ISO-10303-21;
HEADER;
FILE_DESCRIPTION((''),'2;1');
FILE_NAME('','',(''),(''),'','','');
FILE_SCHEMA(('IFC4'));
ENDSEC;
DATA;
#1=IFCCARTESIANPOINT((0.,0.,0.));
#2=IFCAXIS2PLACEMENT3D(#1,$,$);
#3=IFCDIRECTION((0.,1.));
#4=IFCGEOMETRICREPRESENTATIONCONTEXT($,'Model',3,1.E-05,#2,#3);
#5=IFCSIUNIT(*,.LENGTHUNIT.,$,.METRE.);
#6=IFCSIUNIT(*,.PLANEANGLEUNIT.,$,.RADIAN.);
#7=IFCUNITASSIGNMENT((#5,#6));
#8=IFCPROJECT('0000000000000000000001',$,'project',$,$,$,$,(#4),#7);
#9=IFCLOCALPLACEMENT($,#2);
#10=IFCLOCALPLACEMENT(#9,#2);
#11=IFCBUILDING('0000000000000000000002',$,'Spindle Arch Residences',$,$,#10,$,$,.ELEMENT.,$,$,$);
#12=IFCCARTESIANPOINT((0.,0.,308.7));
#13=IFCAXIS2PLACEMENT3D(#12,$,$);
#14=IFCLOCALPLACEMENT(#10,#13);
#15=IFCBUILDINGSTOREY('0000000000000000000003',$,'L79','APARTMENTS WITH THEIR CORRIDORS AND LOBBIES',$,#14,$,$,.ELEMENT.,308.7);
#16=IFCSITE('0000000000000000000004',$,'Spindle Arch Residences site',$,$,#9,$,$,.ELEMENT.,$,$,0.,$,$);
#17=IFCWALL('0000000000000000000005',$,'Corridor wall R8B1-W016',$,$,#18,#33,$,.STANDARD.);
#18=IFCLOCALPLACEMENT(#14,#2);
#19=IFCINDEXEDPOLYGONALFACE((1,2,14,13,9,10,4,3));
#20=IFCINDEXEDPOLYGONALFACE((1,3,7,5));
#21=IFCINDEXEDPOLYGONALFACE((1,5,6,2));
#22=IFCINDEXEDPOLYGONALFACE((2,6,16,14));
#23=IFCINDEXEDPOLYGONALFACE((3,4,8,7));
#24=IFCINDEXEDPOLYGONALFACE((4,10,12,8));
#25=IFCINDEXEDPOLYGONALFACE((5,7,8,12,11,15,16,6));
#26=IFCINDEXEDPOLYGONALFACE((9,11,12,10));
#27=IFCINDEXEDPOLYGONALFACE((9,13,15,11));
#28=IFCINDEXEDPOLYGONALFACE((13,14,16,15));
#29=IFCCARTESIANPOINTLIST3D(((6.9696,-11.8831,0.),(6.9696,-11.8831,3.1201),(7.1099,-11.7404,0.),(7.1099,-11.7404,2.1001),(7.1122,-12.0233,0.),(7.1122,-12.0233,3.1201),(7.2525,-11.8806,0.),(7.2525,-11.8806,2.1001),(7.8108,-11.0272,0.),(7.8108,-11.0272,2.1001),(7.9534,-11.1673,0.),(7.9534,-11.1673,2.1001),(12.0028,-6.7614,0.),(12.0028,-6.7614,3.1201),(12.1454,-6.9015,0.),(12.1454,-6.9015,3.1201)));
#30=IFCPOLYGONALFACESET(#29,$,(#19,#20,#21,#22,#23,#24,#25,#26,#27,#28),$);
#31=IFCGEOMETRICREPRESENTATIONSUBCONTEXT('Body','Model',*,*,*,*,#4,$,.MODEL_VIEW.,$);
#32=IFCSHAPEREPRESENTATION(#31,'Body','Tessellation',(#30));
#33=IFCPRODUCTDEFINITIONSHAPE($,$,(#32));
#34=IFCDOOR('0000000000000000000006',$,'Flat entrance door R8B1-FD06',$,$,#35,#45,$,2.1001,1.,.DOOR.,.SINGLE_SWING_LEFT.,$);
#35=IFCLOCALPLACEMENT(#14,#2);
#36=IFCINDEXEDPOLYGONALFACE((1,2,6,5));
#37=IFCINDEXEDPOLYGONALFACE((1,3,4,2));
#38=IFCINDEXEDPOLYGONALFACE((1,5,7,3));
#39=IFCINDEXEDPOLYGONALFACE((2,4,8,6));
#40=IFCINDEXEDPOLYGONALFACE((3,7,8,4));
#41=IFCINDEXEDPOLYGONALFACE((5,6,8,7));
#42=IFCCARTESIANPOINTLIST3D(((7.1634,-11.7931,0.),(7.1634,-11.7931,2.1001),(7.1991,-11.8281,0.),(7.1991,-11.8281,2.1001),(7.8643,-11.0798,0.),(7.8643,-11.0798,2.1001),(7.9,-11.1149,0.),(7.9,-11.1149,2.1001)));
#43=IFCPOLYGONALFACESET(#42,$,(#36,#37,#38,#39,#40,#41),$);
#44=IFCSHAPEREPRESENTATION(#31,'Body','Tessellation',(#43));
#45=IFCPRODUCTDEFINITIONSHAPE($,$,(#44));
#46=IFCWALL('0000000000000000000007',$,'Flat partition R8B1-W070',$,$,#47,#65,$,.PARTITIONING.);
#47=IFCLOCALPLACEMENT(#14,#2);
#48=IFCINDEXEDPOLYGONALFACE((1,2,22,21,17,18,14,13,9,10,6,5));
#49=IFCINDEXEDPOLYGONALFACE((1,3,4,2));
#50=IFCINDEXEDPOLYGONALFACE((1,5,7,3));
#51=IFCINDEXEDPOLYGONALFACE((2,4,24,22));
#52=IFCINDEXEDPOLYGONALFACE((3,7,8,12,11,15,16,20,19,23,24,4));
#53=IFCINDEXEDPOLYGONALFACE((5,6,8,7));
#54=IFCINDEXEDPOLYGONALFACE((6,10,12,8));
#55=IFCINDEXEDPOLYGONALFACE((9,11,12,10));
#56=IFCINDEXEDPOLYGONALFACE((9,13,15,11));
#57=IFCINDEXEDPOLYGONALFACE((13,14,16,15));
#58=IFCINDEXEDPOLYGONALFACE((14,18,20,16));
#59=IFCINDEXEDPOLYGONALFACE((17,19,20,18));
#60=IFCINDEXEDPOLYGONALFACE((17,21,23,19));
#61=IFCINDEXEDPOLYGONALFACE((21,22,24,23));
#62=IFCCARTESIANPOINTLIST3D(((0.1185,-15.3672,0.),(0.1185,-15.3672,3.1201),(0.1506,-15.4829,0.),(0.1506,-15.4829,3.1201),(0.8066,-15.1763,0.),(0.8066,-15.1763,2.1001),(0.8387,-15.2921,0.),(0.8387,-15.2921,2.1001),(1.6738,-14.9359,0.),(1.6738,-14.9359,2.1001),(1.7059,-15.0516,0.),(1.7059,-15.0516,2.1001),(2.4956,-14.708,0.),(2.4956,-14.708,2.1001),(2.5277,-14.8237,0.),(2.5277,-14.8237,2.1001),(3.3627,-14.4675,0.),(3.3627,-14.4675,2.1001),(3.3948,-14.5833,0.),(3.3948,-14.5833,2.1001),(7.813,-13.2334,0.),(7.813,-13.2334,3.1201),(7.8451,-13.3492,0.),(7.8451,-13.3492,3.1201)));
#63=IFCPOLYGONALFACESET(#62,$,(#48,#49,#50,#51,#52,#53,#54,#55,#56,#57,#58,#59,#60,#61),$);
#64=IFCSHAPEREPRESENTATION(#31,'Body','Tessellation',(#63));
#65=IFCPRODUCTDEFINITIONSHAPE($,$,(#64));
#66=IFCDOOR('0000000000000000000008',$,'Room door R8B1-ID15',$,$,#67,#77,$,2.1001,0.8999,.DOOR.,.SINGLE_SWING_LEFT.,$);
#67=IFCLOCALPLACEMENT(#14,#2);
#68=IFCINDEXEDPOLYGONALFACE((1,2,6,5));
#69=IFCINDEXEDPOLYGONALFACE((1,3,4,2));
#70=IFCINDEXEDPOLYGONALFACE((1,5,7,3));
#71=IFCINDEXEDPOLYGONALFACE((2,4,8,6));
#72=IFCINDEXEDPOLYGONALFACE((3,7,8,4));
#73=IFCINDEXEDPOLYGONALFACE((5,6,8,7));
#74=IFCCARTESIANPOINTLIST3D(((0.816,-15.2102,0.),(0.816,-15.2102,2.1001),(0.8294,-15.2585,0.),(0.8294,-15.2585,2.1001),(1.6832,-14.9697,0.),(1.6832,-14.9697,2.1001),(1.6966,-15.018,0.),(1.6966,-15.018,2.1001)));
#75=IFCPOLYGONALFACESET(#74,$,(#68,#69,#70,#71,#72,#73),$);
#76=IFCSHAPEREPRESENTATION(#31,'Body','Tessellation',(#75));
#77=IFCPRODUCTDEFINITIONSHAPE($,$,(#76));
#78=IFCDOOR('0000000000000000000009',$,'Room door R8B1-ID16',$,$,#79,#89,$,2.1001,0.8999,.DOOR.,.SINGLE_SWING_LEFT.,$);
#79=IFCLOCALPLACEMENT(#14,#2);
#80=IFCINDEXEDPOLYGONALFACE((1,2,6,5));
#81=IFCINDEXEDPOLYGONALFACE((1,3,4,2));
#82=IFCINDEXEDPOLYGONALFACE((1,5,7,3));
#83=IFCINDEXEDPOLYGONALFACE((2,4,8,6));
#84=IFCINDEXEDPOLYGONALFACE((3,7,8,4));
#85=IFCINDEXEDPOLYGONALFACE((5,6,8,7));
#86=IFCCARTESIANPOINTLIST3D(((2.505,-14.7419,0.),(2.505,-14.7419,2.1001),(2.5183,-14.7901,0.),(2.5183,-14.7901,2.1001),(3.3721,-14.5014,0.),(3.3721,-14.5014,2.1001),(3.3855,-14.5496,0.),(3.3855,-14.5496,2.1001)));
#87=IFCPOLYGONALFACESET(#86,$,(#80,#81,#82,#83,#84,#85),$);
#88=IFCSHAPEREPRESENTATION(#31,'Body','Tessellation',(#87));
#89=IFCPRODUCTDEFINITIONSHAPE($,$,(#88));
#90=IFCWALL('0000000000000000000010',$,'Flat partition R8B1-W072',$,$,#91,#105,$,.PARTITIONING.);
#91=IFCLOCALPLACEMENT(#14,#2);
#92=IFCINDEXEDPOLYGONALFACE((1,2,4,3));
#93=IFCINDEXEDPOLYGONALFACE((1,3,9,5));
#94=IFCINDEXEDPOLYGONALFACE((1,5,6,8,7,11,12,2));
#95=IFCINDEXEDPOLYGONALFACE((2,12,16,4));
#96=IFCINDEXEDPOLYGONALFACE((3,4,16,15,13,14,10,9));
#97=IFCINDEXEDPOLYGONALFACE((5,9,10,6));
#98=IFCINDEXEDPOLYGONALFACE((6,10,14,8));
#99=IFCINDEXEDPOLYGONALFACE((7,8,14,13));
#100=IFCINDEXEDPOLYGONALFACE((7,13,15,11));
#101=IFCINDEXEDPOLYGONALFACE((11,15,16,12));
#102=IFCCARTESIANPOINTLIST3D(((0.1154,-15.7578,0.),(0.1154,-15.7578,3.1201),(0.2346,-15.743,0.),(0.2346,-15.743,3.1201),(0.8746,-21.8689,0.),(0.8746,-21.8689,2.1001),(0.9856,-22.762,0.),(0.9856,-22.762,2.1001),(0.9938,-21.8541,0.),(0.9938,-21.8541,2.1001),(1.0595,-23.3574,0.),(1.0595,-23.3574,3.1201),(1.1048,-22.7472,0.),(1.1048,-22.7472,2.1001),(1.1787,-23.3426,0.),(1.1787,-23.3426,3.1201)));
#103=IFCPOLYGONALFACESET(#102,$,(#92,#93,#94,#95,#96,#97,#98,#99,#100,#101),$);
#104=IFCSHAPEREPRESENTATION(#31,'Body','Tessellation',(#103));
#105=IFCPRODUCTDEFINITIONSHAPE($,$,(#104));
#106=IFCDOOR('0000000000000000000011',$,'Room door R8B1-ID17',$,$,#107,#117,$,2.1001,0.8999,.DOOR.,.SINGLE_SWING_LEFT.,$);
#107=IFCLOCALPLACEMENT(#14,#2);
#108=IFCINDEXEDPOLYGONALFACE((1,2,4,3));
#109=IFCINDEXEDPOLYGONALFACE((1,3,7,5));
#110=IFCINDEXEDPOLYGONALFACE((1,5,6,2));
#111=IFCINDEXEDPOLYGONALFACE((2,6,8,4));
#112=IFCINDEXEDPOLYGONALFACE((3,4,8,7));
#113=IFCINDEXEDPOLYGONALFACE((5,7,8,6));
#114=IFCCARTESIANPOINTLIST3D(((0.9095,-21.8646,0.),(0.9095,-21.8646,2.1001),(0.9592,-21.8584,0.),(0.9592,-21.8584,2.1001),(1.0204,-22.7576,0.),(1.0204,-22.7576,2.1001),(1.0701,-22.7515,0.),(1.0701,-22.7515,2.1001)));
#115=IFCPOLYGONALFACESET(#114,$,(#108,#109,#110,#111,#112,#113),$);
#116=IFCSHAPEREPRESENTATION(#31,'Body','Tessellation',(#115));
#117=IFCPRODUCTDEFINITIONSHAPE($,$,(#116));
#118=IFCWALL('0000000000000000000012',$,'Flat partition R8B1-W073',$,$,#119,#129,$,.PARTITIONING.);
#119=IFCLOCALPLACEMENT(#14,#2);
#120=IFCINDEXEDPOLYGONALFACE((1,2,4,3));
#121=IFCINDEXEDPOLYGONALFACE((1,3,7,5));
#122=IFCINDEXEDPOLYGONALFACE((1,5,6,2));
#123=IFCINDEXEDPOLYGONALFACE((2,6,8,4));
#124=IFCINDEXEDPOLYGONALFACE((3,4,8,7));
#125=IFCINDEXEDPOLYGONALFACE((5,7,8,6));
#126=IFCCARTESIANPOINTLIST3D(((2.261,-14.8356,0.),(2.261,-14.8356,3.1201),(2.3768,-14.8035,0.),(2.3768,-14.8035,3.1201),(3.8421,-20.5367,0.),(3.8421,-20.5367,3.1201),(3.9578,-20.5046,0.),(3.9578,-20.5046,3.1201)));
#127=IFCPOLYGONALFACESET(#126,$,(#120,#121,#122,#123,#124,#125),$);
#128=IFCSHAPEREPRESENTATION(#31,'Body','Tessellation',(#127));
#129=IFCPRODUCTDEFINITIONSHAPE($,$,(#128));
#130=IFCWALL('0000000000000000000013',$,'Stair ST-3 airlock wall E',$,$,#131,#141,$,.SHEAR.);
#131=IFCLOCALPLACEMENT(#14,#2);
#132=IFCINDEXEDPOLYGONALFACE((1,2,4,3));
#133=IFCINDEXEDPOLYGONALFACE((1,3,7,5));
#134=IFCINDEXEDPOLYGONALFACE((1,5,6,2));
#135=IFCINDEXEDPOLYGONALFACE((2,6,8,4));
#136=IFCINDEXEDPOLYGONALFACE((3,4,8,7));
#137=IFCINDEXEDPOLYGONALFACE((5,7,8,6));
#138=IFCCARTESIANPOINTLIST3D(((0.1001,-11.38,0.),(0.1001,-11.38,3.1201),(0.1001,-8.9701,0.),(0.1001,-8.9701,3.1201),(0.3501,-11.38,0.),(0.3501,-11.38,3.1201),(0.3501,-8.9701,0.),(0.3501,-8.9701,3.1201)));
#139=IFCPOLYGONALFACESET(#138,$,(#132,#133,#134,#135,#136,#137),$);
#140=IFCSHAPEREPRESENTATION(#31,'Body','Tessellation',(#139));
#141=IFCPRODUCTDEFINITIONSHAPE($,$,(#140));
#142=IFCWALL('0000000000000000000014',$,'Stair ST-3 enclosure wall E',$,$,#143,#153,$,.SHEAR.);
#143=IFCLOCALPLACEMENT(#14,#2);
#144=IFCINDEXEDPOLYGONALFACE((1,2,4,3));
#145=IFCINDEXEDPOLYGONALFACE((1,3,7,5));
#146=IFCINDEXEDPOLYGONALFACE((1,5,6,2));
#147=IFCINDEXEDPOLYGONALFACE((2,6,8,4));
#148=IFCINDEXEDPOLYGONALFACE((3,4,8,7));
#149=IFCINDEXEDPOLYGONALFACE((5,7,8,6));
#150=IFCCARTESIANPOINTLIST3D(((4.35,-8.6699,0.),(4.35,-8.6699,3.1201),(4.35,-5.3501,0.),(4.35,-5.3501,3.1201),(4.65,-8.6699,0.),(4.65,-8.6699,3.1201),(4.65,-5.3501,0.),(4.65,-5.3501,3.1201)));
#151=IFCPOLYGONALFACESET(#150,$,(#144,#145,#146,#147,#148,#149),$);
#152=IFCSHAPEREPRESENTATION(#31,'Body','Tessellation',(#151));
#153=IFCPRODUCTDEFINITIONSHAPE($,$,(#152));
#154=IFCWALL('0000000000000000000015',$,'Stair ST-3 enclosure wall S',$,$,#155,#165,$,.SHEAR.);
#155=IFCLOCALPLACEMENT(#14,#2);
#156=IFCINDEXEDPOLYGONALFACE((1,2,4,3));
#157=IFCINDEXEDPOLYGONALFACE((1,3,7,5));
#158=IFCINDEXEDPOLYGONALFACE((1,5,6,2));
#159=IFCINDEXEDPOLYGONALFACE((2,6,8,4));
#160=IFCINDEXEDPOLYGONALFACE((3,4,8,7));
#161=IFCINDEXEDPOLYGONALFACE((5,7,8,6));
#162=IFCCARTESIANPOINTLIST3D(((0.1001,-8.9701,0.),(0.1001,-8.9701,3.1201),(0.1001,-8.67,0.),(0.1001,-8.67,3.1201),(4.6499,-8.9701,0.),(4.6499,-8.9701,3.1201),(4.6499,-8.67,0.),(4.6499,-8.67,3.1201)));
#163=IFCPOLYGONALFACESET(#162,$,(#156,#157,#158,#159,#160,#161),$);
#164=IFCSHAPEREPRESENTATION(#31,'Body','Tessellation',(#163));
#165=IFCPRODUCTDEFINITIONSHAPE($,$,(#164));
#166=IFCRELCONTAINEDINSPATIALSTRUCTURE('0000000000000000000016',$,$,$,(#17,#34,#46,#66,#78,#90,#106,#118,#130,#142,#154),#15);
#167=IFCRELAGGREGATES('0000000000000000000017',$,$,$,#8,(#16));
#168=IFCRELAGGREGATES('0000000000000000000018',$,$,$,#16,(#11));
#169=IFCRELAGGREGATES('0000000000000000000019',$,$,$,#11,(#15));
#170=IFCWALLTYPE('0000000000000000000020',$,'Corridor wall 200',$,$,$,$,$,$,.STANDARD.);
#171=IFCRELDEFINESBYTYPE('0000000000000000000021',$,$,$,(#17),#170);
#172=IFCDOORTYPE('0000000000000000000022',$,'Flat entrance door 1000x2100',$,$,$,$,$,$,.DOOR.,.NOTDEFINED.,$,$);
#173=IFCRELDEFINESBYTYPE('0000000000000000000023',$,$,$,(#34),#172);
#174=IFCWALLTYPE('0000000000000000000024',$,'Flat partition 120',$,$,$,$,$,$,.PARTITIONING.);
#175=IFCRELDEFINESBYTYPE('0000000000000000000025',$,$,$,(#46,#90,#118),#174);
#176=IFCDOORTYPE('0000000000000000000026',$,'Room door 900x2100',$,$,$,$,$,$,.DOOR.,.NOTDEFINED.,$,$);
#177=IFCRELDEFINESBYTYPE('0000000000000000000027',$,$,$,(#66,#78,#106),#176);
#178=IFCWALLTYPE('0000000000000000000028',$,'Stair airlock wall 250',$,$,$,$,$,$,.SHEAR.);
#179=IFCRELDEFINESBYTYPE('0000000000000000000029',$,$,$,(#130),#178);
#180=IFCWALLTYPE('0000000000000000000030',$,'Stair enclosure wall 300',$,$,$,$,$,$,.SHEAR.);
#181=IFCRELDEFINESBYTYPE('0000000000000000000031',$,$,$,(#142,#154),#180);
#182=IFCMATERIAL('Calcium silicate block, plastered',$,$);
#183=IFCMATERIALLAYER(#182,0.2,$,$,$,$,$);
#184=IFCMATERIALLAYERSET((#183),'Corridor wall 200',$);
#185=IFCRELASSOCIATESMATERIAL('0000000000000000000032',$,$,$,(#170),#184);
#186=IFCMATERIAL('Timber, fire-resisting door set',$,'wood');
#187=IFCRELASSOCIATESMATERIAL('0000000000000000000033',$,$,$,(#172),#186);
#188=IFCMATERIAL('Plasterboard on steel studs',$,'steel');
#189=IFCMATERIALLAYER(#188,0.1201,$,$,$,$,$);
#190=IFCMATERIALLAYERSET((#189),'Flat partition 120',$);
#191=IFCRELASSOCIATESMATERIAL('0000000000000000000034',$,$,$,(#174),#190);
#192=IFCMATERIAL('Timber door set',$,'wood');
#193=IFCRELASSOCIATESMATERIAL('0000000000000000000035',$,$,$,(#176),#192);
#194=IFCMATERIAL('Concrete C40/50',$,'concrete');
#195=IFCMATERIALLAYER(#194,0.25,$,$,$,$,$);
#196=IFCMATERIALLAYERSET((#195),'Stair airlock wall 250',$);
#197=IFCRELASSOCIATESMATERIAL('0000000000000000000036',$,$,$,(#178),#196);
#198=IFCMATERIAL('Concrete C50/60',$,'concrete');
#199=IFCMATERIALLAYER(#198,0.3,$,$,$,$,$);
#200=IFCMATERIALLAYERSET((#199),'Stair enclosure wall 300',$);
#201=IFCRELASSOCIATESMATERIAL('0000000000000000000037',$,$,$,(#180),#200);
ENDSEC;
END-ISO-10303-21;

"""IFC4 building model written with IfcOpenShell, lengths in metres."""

from ifc_helpers import new_model, si_unit, direction, frame, frame_2d, origin, place, context, subcontext, project, spatial, rectangle, extrude, material, layer, layer_set, type_object, element, fill, save


model = new_model("IFC4")

# Units and contexts
model_context = context("Model", 3, precision=1e-05, world=origin(), true_north=direction((0.0, 1.0)))
body_context = subcontext(model_context, "Body", "Model", "MODEL_VIEW")
ifc_project = project(units=[si_unit("LENGTHUNIT", "METRE"), si_unit("PLANEANGLEUNIT", "RADIAN")], contexts=[model_context])

# Site, building, storey
site_placement = place(None, origin())
site = spatial("IfcSite", under=ifc_project, at=site_placement, Name="Spindle Arch Residences site", CompositionType="ELEMENT", RefElevation=0.0)
building_placement = place(site_placement, origin())
building = spatial("IfcBuilding", under=site, at=building_placement, Name="Spindle Arch Residences", CompositionType="ELEMENT")
storey_placement = place(building_placement, frame((0.0, 0.0, 308.7)))
storey = spatial("IfcBuildingStorey", under=building, at=storey_placement, Name="L79", Description="APARTMENTS WITH THEIR CORRIDORS AND LOBBIES", CompositionType="ELEMENT", Elevation=308.7)

# Shared definitions
ifc_material_1 = material(Name="Calcium silicate block, plastered")
ifc_layer_1 = layer(ifc_material_1, 0.2)
ifc_layer_set_1 = layer_set([ifc_layer_1], Name="Corridor wall 200")
wall_type_1 = type_object("IfcWallType", Name="Corridor wall 200", PredefinedType="STANDARD", material=ifc_layer_set_1)

# Wall, opening, door
wall_1_placement = place(storey_placement, frame((7.041, -11.9531, 0.0), z_axis=(0.0, 0.0, 1.0), x_axis=(0.700909, 0.713251, 0.0)))
wall_1 = element("IfcWall", 1, at=wall_1_placement, inside=storey, type_object=wall_type_1, Name="Corridor wall R8B1-W016", PredefinedType="STANDARD", context=body_context, shape_type="SweptSolid", body=[
    extrude(rectangle(XDim=7.1809, YDim=0.2, at=frame_2d((3.5903, 0.0))), origin(), (0.0, 0.0, 1.0), 3.1201),
])
opening_1_placement = place(wall_1_placement, frame((0.2, 0.0, 0.0)))
opening_1 = element("IfcOpeningElement", 2, at=opening_1_placement, cuts=wall_1, PredefinedType="OPENING", context=body_context, shape_type="SweptSolid", body=[
    extrude(rectangle(XDim=1.0, YDim=2.1001, at=frame_2d((0.5, 1.05))), frame((0.0, 0.1099, 0.0), z_axis=(0.0, -1.0, 0.0), x_axis=(1.0, 0.0, 0.0)), (0.0, 0.0, 1.0), 0.22),
])
ifc_material_2 = material(Name="Timber, fire-resisting door set", Category="wood")
door_type_1 = type_object("IfcDoorType", Name="Flat entrance door 1000x2100", OperationType="NOTDEFINED", PredefinedType="DOOR", material=ifc_material_2)
door_1_placement = place(opening_1_placement, origin())
door_1 = element("IfcDoor", 3, at=door_1_placement, inside=storey, type_object=door_type_1, Name="Flat entrance door R8B1-FD06", OperationType="SINGLE_SWING_LEFT", OverallHeight=2.1001, OverallWidth=1.0, PredefinedType="DOOR", context=body_context, shape_type="SweptSolid", body=[
    extrude(rectangle(XDim=1.0, YDim=2.1001, at=frame_2d((0.5, 1.05))), frame((0.0, 0.0249, 0.0), z_axis=(0.0, -1.0, 0.0), x_axis=(1.0, 0.0, 0.0)), (0.0, 0.0, 1.0), 0.05),
])
fill(opening_1, door_1)

# Wall, openings, doors
ifc_material_3 = material(Name="Plasterboard on steel studs", Category="steel")
ifc_layer_2 = layer(ifc_material_3, 0.1201)
ifc_layer_set_2 = layer_set([ifc_layer_2], Name="Flat partition 120")
wall_type_2 = type_object("IfcWallType", Name="Flat partition 120", PredefinedType="PARTITIONING", material=ifc_layer_set_2)
wall_2_placement = place(storey_placement, frame((0.1345, -15.425, 0.0), z_axis=(0.0, 0.0, 1.0), x_axis=(0.963634, 0.267226, 0.0)))
wall_2 = element("IfcWall", 4, at=wall_2_placement, inside=storey, type_object=wall_type_2, Name="Flat partition R8B1-W070", PredefinedType="PARTITIONING", context=body_context, shape_type="SweptSolid", body=[
    extrude(rectangle(XDim=7.9849, YDim=0.1201, at=frame_2d((3.9924, 0.0))), origin(), (0.0, 0.0, 1.0), 3.1201),
])
opening_2_placement = place(wall_2_placement, frame((0.7141, 0.0, 0.0)))
opening_2 = element("IfcOpeningElement", 5, at=opening_2_placement, cuts=wall_2, PredefinedType="OPENING", context=body_context, shape_type="SweptSolid", body=[
    extrude(rectangle(XDim=0.8999, YDim=2.1001, at=frame_2d((0.45, 1.05))), frame((0.0, 0.0701, 0.0), z_axis=(0.0, -1.0, 0.0), x_axis=(1.0, 0.0, 0.0)), (0.0, 0.0, 1.0), 0.1401),
])
opening_3_placement = place(wall_2_placement, frame((2.4668, 0.0, 0.0)))
opening_3 = element("IfcOpeningElement", 6, at=opening_3_placement, cuts=wall_2, PredefinedType="OPENING", context=body_context, shape_type="SweptSolid", body=[
    extrude(rectangle(XDim=0.8999, YDim=2.1001, at=frame_2d((0.45, 1.05))), frame((0.0, 0.0701, 0.0), z_axis=(0.0, -1.0, 0.0), x_axis=(1.0, 0.0, 0.0)), (0.0, 0.0, 1.0), 0.1401),
])
ifc_material_4 = material(Name="Timber door set", Category="wood")
door_type_2 = type_object("IfcDoorType", Name="Room door 900x2100", OperationType="NOTDEFINED", PredefinedType="DOOR", material=ifc_material_4)
door_2_placement = place(opening_2_placement, origin())
door_2 = element("IfcDoor", 7, at=door_2_placement, inside=storey, type_object=door_type_2, Name="Room door R8B1-ID15", OperationType="SINGLE_SWING_LEFT", OverallHeight=2.1001, OverallWidth=0.8999, PredefinedType="DOOR", context=body_context, shape_type="SweptSolid", body=[
    extrude(rectangle(XDim=0.8999, YDim=2.1001, at=frame_2d((0.45, 1.05))), frame((0.0, 0.0249, 0.0), z_axis=(0.0, -1.0, 0.0), x_axis=(1.0, 0.0, 0.0)), (0.0, 0.0, 1.0), 0.05),
])
fill(opening_2, door_2)
door_3_placement = place(opening_3_placement, origin())
door_3 = element("IfcDoor", 8, at=door_3_placement, inside=storey, type_object=door_type_2, Name="Room door R8B1-ID16", OperationType="SINGLE_SWING_LEFT", OverallHeight=2.1001, OverallWidth=0.8999, PredefinedType="DOOR", context=body_context, shape_type="SweptSolid", body=[
    extrude(rectangle(XDim=0.8999, YDim=2.1001, at=frame_2d((0.45, 1.05))), frame((0.0, 0.0249, 0.0), z_axis=(0.0, -1.0, 0.0), x_axis=(1.0, 0.0, 0.0)), (0.0, 0.0, 1.0), 0.05),
])
fill(opening_3, door_3)

# Wall, opening, door
wall_3_placement = place(storey_placement, frame((1.1191, -23.3501, 0.0), z_axis=(0.0, 0.0, 1.0), x_axis=(-0.123281, 0.992372, 0.0)))
wall_3 = element("IfcWall", 9, at=wall_3_placement, inside=storey, type_object=wall_type_2, Name="Flat partition R8B1-W072", PredefinedType="PARTITIONING", context=body_context, shape_type="SweptSolid", body=[
    extrude(rectangle(XDim=7.658, YDim=0.1201, at=frame_2d((3.8291, 0.0))), origin(), (0.0, 0.0, 1.0), 3.1201),
])
opening_4_placement = place(wall_3_placement, frame((0.6001, 0.0, 0.0)))
opening_4 = element("IfcOpeningElement", 10, at=opening_4_placement, cuts=wall_3, PredefinedType="OPENING", context=body_context, shape_type="SweptSolid", body=[
    extrude(rectangle(XDim=0.8999, YDim=2.1001, at=frame_2d((0.45, 1.05))), frame((0.0, 0.0701, 0.0), z_axis=(0.0, -1.0, 0.0), x_axis=(1.0, 0.0, 0.0)), (0.0, 0.0, 1.0), 0.1401),
])
door_4_placement = place(opening_4_placement, origin())
door_4 = element("IfcDoor", 11, at=door_4_placement, inside=storey, type_object=door_type_2, Name="Room door R8B1-ID17", OperationType="SINGLE_SWING_LEFT", OverallHeight=2.1001, OverallWidth=0.8999, PredefinedType="DOOR", context=body_context, shape_type="SweptSolid", body=[
    extrude(rectangle(XDim=0.8999, YDim=2.1001, at=frame_2d((0.45, 1.05))), frame((0.0, 0.0249, 0.0), z_axis=(0.0, -1.0, 0.0), x_axis=(1.0, 0.0, 0.0)), (0.0, 0.0, 1.0), 0.05),
])
fill(opening_4, door_4)

# Walls
wall_4_placement = place(storey_placement, frame((3.8999, -20.5205, 0.0), z_axis=(0.0, 0.0, 1.0), x_axis=(-0.267235, 0.963631, 0.0)))
element("IfcWall", 12, at=wall_4_placement, inside=storey, type_object=wall_type_2, Name="Flat partition R8B1-W073", PredefinedType="PARTITIONING", context=body_context, shape_type="SweptSolid", body=[
    extrude(rectangle(XDim=5.9163, YDim=0.1201, at=frame_2d((2.958, 0.0))), origin(), (0.0, 0.0, 1.0), 3.1201),
])
ifc_material_5 = material(Name="Concrete C40/50", Category="concrete")
ifc_layer_3 = layer(ifc_material_5, 0.25)
ifc_layer_set_3 = layer_set([ifc_layer_3], Name="Stair airlock wall 250")
wall_type_3 = type_object("IfcWallType", Name="Stair airlock wall 250", PredefinedType="SHEAR", material=ifc_layer_set_3)
wall_5_placement = place(storey_placement, frame((0.2251, -8.97, 0.0), z_axis=(0.0, 0.0, 1.0), x_axis=(0.0, -1.0, 0.0)))
element("IfcWall", 13, at=wall_5_placement, inside=storey, type_object=wall_type_3, Name="Stair ST-3 airlock wall E", PredefinedType="SHEAR", context=body_context, shape_type="SweptSolid", body=[
    extrude(rectangle(XDim=2.4099, YDim=0.25, at=frame_2d((1.2051, 0.0))), origin(), (0.0, 0.0, 1.0), 3.1201),
])
ifc_material_6 = material(Name="Concrete C50/60", Category="concrete")
ifc_layer_4 = layer(ifc_material_6, 0.3)
ifc_layer_set_4 = layer_set([ifc_layer_4], Name="Stair enclosure wall 300")
wall_type_4 = type_object("IfcWallType", Name="Stair enclosure wall 300", PredefinedType="SHEAR", material=ifc_layer_set_4)
wall_6_placement = place(storey_placement, frame((4.5, -8.6699, 0.0), z_axis=(0.0, 0.0, 1.0), x_axis=(0.0, 1.0, 0.0)))
element("IfcWall", 14, at=wall_6_placement, inside=storey, type_object=wall_type_4, Name="Stair ST-3 enclosure wall E", PredefinedType="SHEAR", context=body_context, shape_type="SweptSolid", body=[
    extrude(rectangle(XDim=3.3198, YDim=0.3, at=frame_2d((1.6599, 0.0))), origin(), (0.0, 0.0, 1.0), 3.1201),
])
wall_7_placement = place(storey_placement, frame((0.1001, -8.8201, 0.0), z_axis=(0.0, 0.0, 1.0), x_axis=(1.0, 0.0, 0.0)))
element("IfcWall", 15, at=wall_7_placement, inside=storey, type_object=wall_type_4, Name="Stair ST-3 enclosure wall S", PredefinedType="SHEAR", context=body_context, shape_type="SweptSolid", body=[
    extrude(rectangle(XDim=4.5498, YDim=0.3, at=frame_2d((2.2749, 0.0))), origin(), (0.0, 0.0, 1.0), 3.1201),
])

save(model, "model.ifc")
